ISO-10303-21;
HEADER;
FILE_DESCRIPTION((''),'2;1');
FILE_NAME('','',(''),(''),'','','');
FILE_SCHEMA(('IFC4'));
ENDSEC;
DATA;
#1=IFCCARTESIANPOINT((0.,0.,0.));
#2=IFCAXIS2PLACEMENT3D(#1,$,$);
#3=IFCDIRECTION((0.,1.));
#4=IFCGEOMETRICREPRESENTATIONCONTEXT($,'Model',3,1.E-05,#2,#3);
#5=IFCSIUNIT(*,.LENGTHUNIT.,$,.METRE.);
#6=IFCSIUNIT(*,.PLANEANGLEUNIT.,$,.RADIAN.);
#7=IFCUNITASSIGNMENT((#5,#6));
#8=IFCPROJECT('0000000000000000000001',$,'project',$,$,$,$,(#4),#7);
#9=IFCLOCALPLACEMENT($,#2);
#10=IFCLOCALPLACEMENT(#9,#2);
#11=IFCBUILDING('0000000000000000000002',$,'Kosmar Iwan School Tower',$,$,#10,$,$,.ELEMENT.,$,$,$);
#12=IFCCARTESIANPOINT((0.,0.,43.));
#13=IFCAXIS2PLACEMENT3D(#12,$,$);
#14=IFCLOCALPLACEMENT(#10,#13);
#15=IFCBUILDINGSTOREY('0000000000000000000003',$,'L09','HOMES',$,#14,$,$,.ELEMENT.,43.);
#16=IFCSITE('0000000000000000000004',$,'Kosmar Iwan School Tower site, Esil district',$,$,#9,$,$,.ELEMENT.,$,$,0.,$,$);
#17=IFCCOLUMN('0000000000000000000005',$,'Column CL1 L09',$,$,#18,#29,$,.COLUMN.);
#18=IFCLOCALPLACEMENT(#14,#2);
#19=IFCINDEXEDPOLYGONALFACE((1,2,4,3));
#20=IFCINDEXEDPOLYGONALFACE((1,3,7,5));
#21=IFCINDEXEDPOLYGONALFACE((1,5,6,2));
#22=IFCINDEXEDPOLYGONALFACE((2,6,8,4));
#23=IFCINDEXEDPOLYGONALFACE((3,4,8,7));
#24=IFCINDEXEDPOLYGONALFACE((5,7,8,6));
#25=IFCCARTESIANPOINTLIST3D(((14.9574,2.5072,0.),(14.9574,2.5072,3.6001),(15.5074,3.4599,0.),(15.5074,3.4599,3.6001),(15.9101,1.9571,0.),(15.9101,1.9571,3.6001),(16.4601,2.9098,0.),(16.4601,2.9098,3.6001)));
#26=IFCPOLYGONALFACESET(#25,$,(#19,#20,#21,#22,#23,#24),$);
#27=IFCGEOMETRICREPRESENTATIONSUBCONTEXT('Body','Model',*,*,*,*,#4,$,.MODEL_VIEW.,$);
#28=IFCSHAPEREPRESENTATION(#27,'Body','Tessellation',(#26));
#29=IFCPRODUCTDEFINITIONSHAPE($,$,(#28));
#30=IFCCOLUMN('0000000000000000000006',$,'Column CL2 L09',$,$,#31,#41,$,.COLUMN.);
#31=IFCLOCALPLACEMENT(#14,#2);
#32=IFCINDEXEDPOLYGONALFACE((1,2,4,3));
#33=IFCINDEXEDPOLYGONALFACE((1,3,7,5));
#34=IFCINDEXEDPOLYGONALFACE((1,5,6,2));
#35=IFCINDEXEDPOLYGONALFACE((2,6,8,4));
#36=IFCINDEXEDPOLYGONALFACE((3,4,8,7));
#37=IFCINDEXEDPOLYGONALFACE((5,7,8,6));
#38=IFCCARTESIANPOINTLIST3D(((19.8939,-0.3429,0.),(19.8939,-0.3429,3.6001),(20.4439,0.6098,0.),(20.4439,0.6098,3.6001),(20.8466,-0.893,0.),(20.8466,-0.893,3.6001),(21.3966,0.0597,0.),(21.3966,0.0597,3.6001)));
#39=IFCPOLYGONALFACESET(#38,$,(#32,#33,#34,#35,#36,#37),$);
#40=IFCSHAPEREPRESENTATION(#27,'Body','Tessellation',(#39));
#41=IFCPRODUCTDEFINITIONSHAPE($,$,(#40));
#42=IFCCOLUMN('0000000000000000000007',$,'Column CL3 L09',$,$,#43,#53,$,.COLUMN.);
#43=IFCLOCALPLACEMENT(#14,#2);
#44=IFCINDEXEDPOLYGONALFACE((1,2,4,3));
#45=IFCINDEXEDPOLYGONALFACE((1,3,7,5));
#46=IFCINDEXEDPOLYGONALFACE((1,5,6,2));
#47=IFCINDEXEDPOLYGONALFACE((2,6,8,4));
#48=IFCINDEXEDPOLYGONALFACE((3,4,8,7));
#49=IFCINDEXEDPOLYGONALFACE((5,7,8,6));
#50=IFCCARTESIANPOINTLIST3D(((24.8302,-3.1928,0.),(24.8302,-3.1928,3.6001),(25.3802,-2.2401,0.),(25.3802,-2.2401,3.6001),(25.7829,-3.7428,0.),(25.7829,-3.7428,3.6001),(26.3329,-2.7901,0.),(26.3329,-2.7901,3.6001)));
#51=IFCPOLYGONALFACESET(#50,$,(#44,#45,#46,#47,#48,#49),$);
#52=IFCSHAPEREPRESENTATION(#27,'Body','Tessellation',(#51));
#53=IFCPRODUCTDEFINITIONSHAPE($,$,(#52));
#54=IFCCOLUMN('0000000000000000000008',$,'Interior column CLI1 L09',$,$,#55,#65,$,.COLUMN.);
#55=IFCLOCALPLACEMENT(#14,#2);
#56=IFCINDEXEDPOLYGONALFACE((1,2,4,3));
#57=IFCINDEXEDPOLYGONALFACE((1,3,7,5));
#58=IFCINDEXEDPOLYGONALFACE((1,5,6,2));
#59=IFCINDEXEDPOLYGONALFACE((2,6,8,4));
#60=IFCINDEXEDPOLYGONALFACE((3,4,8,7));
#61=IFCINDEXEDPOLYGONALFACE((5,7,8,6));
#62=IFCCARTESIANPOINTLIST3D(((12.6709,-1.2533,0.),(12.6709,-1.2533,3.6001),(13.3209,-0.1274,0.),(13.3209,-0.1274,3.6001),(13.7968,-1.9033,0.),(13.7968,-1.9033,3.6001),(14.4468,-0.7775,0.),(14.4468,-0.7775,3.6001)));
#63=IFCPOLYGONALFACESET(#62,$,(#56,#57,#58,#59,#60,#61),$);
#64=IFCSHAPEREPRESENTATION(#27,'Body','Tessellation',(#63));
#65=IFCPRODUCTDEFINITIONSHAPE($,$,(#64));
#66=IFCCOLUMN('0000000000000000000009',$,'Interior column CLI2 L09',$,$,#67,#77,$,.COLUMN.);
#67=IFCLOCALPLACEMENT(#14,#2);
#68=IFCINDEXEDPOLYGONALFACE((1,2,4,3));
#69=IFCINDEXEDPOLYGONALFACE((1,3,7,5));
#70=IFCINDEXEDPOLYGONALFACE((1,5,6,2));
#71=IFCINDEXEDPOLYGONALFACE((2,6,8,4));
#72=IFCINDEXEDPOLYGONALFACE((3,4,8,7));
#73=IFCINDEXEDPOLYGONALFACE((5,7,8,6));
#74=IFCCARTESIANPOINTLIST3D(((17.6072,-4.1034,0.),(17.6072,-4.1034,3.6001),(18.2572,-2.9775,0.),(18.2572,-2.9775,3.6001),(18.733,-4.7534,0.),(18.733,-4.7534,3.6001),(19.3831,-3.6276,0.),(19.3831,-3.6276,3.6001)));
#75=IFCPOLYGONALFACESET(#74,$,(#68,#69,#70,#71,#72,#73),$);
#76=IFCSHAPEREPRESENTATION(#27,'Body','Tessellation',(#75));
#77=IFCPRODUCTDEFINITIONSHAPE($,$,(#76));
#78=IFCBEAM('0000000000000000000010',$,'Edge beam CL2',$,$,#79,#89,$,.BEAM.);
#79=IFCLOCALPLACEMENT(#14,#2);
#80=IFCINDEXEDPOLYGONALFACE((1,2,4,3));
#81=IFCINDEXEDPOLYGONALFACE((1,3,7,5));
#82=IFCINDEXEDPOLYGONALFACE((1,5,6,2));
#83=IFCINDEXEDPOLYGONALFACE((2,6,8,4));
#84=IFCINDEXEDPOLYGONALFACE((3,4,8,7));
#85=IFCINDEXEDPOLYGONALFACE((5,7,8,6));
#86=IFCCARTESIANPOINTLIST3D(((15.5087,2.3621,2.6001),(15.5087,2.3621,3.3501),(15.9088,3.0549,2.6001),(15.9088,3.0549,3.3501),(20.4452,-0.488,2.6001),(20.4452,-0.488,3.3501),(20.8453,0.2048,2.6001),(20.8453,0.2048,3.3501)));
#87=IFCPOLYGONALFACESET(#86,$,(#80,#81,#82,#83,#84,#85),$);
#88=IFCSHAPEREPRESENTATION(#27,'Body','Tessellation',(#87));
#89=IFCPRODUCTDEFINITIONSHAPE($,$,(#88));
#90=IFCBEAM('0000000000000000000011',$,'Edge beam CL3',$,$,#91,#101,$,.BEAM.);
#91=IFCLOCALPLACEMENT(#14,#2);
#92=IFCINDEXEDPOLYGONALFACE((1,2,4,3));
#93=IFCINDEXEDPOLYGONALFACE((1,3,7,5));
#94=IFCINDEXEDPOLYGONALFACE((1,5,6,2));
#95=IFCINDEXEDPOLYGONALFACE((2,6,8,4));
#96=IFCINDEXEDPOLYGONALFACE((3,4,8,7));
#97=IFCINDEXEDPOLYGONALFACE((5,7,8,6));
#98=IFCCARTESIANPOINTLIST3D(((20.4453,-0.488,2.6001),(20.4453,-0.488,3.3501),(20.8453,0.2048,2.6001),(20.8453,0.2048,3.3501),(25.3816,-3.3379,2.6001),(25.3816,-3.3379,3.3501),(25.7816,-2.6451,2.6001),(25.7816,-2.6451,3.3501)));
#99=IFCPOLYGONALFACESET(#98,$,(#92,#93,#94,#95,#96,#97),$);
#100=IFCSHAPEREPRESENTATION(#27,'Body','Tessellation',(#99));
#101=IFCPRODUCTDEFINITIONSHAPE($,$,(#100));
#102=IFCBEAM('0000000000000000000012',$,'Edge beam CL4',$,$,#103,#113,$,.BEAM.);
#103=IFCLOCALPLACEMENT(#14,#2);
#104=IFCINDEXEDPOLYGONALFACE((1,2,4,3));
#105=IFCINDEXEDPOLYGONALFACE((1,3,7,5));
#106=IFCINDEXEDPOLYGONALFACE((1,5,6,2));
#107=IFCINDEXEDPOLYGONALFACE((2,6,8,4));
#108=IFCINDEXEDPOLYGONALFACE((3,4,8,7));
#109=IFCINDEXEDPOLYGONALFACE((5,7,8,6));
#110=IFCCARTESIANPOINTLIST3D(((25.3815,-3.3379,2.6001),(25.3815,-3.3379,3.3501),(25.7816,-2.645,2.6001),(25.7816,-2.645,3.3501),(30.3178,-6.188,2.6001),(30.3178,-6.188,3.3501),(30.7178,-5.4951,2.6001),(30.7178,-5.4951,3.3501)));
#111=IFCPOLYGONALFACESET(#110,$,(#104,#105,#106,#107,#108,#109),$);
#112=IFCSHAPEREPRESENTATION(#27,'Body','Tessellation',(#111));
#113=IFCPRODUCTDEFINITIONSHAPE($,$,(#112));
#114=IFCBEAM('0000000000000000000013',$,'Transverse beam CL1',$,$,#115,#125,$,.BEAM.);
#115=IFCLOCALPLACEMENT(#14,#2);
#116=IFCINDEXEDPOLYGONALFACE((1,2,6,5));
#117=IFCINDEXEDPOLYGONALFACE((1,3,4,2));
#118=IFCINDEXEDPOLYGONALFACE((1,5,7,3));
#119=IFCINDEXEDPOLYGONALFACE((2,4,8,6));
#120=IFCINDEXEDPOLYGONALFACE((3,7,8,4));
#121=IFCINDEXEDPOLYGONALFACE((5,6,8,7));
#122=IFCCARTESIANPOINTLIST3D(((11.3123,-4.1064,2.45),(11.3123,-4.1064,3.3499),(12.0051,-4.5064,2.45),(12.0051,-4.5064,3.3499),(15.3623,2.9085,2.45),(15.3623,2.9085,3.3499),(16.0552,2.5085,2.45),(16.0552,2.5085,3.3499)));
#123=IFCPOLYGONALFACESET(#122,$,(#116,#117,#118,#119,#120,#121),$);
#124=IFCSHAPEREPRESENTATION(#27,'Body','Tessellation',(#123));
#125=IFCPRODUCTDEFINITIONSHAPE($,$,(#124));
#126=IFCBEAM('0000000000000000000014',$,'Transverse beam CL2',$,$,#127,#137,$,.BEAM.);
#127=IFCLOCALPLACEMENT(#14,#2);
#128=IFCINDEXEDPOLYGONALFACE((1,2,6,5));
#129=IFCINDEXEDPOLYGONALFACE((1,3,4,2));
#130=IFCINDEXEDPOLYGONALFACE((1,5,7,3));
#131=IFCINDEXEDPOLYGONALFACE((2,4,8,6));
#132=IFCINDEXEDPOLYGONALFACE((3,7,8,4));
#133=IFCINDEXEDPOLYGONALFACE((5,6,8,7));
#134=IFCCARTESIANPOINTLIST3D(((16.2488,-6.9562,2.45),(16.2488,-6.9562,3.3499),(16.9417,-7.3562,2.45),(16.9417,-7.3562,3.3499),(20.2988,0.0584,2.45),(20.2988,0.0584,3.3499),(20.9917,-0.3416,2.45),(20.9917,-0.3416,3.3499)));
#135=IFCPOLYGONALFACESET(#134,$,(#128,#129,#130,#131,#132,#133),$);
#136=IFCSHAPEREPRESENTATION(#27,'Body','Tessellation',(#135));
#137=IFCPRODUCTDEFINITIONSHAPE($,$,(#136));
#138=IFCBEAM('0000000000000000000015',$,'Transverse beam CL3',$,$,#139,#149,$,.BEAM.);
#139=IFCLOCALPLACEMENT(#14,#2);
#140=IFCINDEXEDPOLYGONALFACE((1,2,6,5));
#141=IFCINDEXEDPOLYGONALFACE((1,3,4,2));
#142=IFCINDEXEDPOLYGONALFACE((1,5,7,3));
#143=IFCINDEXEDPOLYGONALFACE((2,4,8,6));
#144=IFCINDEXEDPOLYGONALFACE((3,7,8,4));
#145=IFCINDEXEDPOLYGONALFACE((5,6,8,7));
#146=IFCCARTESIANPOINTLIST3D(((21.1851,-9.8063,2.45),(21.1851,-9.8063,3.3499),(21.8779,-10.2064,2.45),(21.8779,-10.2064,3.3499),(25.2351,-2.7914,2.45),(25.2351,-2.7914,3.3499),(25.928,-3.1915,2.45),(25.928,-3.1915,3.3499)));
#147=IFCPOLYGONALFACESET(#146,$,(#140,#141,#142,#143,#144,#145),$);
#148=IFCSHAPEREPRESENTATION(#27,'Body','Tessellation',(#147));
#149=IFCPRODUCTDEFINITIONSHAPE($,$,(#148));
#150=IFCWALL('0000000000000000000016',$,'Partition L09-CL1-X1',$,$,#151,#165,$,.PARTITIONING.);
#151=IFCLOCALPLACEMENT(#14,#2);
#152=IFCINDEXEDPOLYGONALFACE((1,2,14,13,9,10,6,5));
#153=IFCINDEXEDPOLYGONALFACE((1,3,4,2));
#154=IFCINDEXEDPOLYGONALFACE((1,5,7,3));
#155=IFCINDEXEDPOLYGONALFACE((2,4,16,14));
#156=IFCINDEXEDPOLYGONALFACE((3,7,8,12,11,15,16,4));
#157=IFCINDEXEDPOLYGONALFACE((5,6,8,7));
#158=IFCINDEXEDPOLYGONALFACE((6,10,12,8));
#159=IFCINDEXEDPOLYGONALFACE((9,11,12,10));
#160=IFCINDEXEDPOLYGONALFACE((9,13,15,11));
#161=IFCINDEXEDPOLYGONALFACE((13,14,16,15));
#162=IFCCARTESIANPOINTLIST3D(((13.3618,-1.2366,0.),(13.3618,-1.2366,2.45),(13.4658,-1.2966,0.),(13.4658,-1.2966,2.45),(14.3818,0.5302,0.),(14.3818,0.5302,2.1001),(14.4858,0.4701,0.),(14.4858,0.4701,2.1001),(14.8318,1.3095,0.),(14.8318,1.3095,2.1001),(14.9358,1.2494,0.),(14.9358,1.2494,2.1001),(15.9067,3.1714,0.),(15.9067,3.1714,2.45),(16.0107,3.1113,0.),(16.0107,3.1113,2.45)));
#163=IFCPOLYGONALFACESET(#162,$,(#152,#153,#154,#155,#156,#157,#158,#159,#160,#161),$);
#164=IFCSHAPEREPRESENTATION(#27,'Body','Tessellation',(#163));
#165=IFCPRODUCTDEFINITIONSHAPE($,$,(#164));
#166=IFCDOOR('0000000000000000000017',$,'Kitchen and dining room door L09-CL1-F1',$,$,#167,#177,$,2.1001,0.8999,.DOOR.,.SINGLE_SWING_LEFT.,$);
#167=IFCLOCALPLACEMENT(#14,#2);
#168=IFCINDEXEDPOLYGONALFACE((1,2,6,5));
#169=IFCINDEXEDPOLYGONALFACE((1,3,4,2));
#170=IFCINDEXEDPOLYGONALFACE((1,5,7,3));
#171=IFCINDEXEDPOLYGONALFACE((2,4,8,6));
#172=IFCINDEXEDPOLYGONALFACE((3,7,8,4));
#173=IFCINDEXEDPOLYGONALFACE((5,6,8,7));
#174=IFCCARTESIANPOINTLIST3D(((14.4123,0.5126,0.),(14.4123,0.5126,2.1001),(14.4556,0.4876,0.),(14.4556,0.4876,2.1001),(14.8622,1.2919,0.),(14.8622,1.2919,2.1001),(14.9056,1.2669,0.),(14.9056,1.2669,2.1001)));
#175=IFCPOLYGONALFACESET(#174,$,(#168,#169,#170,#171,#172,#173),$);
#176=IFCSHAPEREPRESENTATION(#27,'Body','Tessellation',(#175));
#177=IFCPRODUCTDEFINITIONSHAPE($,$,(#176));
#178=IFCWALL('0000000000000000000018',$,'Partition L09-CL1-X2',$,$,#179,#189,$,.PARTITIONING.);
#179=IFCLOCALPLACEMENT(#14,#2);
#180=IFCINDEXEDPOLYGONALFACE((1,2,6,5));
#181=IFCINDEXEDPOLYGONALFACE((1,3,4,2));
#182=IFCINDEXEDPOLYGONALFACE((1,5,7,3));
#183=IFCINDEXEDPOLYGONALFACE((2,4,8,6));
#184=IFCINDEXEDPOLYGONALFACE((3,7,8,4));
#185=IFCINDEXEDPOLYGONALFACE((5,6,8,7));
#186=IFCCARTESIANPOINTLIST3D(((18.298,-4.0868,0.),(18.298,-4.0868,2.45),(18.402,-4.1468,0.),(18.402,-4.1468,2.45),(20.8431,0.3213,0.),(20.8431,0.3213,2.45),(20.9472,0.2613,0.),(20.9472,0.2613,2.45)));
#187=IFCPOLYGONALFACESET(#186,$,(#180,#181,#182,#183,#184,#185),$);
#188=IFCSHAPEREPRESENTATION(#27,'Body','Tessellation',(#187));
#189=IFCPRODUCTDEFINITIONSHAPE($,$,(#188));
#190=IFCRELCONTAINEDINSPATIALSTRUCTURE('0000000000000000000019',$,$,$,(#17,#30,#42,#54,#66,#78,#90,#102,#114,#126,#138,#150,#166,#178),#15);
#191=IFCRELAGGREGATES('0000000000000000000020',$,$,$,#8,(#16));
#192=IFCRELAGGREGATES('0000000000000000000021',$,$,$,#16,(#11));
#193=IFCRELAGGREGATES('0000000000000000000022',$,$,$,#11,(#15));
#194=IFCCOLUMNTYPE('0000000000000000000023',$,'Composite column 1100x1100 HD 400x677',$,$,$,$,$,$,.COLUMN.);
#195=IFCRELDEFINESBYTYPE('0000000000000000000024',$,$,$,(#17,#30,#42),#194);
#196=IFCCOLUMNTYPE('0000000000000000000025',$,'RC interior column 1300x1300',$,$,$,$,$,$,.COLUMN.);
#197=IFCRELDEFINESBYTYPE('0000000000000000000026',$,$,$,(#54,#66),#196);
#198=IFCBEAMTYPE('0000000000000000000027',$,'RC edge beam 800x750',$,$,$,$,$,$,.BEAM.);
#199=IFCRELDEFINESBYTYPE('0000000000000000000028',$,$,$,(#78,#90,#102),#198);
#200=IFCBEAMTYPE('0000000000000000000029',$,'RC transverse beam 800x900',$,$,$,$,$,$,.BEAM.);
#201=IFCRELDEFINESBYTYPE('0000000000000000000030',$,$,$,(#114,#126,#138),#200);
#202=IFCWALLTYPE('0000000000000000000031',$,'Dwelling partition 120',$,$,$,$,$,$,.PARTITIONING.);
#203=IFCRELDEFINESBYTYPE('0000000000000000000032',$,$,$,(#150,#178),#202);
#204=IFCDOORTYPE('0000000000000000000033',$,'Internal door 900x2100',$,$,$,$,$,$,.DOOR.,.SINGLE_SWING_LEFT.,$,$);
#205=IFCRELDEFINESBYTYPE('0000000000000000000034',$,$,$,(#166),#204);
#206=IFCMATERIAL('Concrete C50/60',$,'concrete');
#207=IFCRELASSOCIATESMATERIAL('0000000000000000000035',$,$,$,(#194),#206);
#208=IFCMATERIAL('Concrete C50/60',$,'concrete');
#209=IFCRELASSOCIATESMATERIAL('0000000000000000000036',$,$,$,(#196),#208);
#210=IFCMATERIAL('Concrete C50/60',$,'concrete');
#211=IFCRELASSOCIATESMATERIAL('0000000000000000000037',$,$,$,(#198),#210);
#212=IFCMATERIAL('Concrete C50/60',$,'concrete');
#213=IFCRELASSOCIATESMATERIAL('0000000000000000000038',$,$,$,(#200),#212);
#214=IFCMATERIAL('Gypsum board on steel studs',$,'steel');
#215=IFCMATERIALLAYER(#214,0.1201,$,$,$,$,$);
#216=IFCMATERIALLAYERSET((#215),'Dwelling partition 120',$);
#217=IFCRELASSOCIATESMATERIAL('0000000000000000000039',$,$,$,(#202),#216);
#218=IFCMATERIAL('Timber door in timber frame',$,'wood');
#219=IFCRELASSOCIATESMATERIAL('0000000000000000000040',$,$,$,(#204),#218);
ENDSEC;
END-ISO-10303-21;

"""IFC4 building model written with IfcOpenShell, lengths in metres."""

from ifc_helpers import new_model, si_unit, direction, frame, frame_2d, origin, origin_2d, place, context, subcontext, project, spatial, rectangle, extrude, material, layer, layer_set, material_profile, profile_set, type_object, element, fill, save


model = new_model("IFC4")

# Units and contexts
model_context = context("Model", 3, precision=1e-05, world=origin(), true_north=direction((0.0, 1.0)))
body_context = subcontext(model_context, "Body", "Model", "MODEL_VIEW")
ifc_project = project(units=[si_unit("LENGTHUNIT", "METRE"), si_unit("PLANEANGLEUNIT", "RADIAN")], contexts=[model_context])

# Site, building, storey
site_placement = place(None, origin())
site = spatial("IfcSite", under=ifc_project, at=site_placement, Name="Kosmar Iwan School Tower site, Esil district", CompositionType="ELEMENT", RefElevation=0.0)
building_placement = place(site_placement, origin())
building = spatial("IfcBuilding", under=site, at=building_placement, Name="Kosmar Iwan School Tower", CompositionType="ELEMENT")
storey_placement = place(building_placement, frame((0.0, 0.0, 43.0)))
storey = spatial("IfcBuildingStorey", under=building, at=storey_placement, Name="L09", Description="HOMES", CompositionType="ELEMENT", Elevation=43.0)

# Columns
ifc_material_1 = material(Name="Concrete C50/60", Category="concrete")
ifc_material_profile_1 = material_profile(ifc_material_1, rectangle(XDim=1.1001, YDim=1.1001, at=origin_2d()), Name="RC 1100x1100 + HD 400x677")
ifc_profile_set_1 = profile_set([ifc_material_profile_1], Name="Concrete C50/60")
column_type_1 = type_object("IfcColumnType", Name="Composite column 1100x1100 HD 400x677", PredefinedType="COLUMN", material=ifc_profile_set_1)
for number, where, z_axis, x_axis, name in (
    (1, (15.7087, 2.7085, 0.0), (0.0, 0.0, 1.0), (0.866025, -0.5, 0.0), "Column CL1 L09"),
    (2, (20.6453, -0.1416, 0.0), (0.0, 0.0, 1.0), (0.866025, -0.5, 0.0), "Column CL2 L09"),
    (3, (25.5815, -2.9915, 0.0), (0.0, 0.0, 1.0), (0.866025, -0.5, 0.0), "Column CL3 L09"),
):
    element("IfcColumn", number, at=place(storey_placement, frame(where, z_axis=z_axis, x_axis=x_axis)), inside=storey, type_object=column_type_1, Name=name, PredefinedType="COLUMN", context=body_context, shape_type="SweptSolid", body=[
        extrude(rectangle(XDim=1.1001, YDim=1.1001, at=origin_2d()), origin(), (0.0, 0.0, 1.0), 3.6001),
    ])
ifc_material_2 = material(Name="Concrete C50/60", Category="concrete")
ifc_material_profile_2 = material_profile(ifc_material_2, rectangle(XDim=1.3, YDim=1.3, at=origin_2d()), Name="RC 1300x1300")
ifc_profile_set_2 = profile_set([ifc_material_profile_2], Name="Concrete C50/60")
column_type_2 = type_object("IfcColumnType", Name="RC interior column 1300x1300", PredefinedType="COLUMN", material=ifc_profile_set_2)
for number, where, z_axis, x_axis, name in (
    (4, (13.5588, -1.0154, 0.0), (0.0, 0.0, 1.0), (0.866025, -0.5, 0.0), "Interior column CLI1 L09"),
    (5, (18.4951, -3.8655, 0.0), (0.0, 0.0, 1.0), (0.866025, -0.5, 0.0), "Interior column CLI2 L09"),
):
    element("IfcColumn", number, at=place(storey_placement, frame(where, z_axis=z_axis, x_axis=x_axis)), inside=storey, type_object=column_type_2, Name=name, PredefinedType="COLUMN", context=body_context, shape_type="SweptSolid", body=[
        extrude(rectangle(XDim=1.3, YDim=1.3, at=origin_2d()), origin(), (0.0, 0.0, 1.0), 3.6001),
    ])

# Beams
ifc_material_3 = material(Name="Concrete C50/60", Category="concrete")
ifc_material_profile_3 = material_profile(ifc_material_3, rectangle(XDim=0.8, YDim=0.75, at=origin_2d()), Name="RC 800x750")
ifc_profile_set_3 = profile_set([ifc_material_profile_3], Name="Concrete C50/60")
beam_type_1 = type_object("IfcBeamType", Name="RC edge beam 800x750", PredefinedType="BEAM", material=ifc_profile_set_3)
beam_1_placement = place(storey_placement, frame((15.7087, 2.7085, 2.9751), z_axis=(0.866026, -0.499999, 0.0), x_axis=(0.499999, 0.866026, 0.0)))
element("IfcBeam", 6, at=beam_1_placement, inside=storey, type_object=beam_type_1, Name="Edge beam CL2", PredefinedType="BEAM", context=body_context, shape_type="SweptSolid", body=[
    extrude(rectangle(XDim=0.8, YDim=0.75, at=origin_2d()), origin(), (0.0, 0.0, 1.0), 5.7002),
])
for number, where, z_axis, x_axis, name in (
    (7, (20.6453, -0.1416, 2.9751), (0.866034, -0.499986, 0.0), (0.499986, 0.866034, 0.0), "Edge beam CL3"),
    (8, (25.5815, -2.9915, 2.9751), (0.866015, -0.500018, 0.0), (0.500018, 0.866015, 0.0), "Edge beam CL4"),
):
    element("IfcBeam", number, at=place(storey_placement, frame(where, z_axis=z_axis, x_axis=x_axis)), inside=storey, type_object=beam_type_1, Name=name, PredefinedType="BEAM", context=body_context, shape_type="SweptSolid", body=[
        extrude(rectangle(XDim=0.8, YDim=0.75, at=origin_2d()), origin(), (0.0, 0.0, 1.0), 5.7),
    ])
ifc_material_4 = material(Name="Concrete C50/60", Category="concrete")
ifc_material_profile_4 = material_profile(ifc_material_4, rectangle(XDim=0.8, YDim=0.8999, at=origin_2d()), Name="RC 800x900")
ifc_profile_set_4 = profile_set([ifc_material_profile_4], Name="Concrete C50/60")
beam_type_2 = type_object("IfcBeamType", Name="RC transverse beam 800x900", PredefinedType="BEAM", material=ifc_profile_set_4)
beam_2_placement = place(storey_placement, frame((15.7087, 2.7085, 2.8999), z_axis=(-0.5, -0.866025, 0.0), x_axis=(0.866025, -0.5, 0.0)))
element("IfcBeam", 9, at=beam_2_placement, inside=storey, type_object=beam_type_2, Name="Transverse beam CL1", PredefinedType="BEAM", context=body_context, shape_type="SweptSolid", body=[
    extrude(rectangle(XDim=0.8, YDim=0.8999, at=origin_2d()), origin(), (0.0, 0.0, 1.0), 8.1001),
])
beam_3_placement = place(storey_placement, frame((20.6453, -0.1416, 2.8999), z_axis=(-0.500013, -0.866018, 0.0), x_axis=(0.866018, -0.500013, 0.0)))
element("IfcBeam", 10, at=beam_3_placement, inside=storey, type_object=beam_type_2, Name="Transverse beam CL2", PredefinedType="BEAM", context=body_context, shape_type="SweptSolid", body=[
    extrude(rectangle(XDim=0.8, YDim=0.8999, at=origin_2d()), origin(), (0.0, 0.0, 1.0), 8.0999),
])
beam_4_placement = place(storey_placement, frame((25.5815, -2.9915, 2.8999), z_axis=(-0.5, -0.866025, 0.0), x_axis=(0.866025, -0.5, 0.0)))
element("IfcBeam", 11, at=beam_4_placement, inside=storey, type_object=beam_type_2, Name="Transverse beam CL3", PredefinedType="BEAM", context=body_context, shape_type="SweptSolid", body=[
    extrude(rectangle(XDim=0.8, YDim=0.8999, at=origin_2d()), origin(), (0.0, 0.0, 1.0), 8.1001),
])

# Wall, opening, door
ifc_material_5 = material(Name="Gypsum board on steel studs", Category="steel")
ifc_layer = layer(ifc_material_5, 0.1201)
ifc_layer_set = layer_set([ifc_layer], Name="Dwelling partition 120")
wall_type = type_object("IfcWallType", Name="Dwelling partition 120", PredefinedType="PARTITIONING", material=ifc_layer_set)
wall_1_placement = place(storey_placement, frame((13.4138, -1.2666, 0.0), z_axis=(0.0, 0.0, 1.0), x_axis=(0.499998, 0.866027, 0.0)))
wall_1 = element("IfcWall", 12, at=wall_1_placement, inside=storey, type_object=wall_type, Name="Partition L09-CL1-X1", PredefinedType="PARTITIONING", context=body_context, shape_type="SweptSolid", body=[
    extrude(rectangle(XDim=5.0898, YDim=0.1201, at=frame_2d((2.5449, 0.0))), origin(), (0.0, 0.0, 1.0), 2.45),
])
opening_placement = place(wall_1_placement, frame((2.04, 0.0, 0.0)))
opening = element("IfcOpeningElement", 13, at=opening_placement, cuts=wall_1, PredefinedType="OPENING", context=body_context, shape_type="SweptSolid", body=[
    extrude(rectangle(XDim=0.8999, YDim=2.1001, at=frame_2d((0.45, 1.05))), frame((0.0, 0.072, 0.0), z_axis=(0.0, -1.0, 0.0), x_axis=(1.0, 0.0, 0.0)), (0.0, 0.0, 1.0), 0.144),
])
ifc_material_6 = material(Name="Timber door in timber frame", Category="wood")
door_type = type_object("IfcDoorType", Name="Internal door 900x2100", OperationType="SINGLE_SWING_LEFT", PredefinedType="DOOR", material=ifc_material_6)
door_placement = place(opening_placement, origin())
door = element("IfcDoor", 14, at=door_placement, inside=storey, type_object=door_type, Name="Kitchen and dining room door L09-CL1-F1", OperationType="SINGLE_SWING_LEFT", OverallHeight=2.1001, OverallWidth=0.8999, PredefinedType="DOOR", context=body_context, shape_type="SweptSolid", body=[
    extrude(rectangle(XDim=0.8999, YDim=2.1001, at=frame_2d((0.45, 1.05))), frame((0.0, 0.0249, 0.0), z_axis=(0.0, -1.0, 0.0), x_axis=(1.0, 0.0, 0.0)), (0.0, 0.0, 1.0), 0.05),
])
fill(opening, door)

# Wall
wall_2_placement = place(storey_placement, frame((18.3501, -4.1167, 0.0), z_axis=(0.0, 0.0, 1.0), x_axis=(0.500013, 0.866018, 0.0)))
element("IfcWall", 15, at=wall_2_placement, inside=storey, type_object=wall_type, Name="Partition L09-CL1-X2", PredefinedType="PARTITIONING", context=body_context, shape_type="SweptSolid", body=[
    extrude(rectangle(XDim=5.0901, YDim=0.1201, at=frame_2d((2.5449, 0.0))), origin(), (0.0, 0.0, 1.0), 2.45),
])

save(model, "model.ifc")
